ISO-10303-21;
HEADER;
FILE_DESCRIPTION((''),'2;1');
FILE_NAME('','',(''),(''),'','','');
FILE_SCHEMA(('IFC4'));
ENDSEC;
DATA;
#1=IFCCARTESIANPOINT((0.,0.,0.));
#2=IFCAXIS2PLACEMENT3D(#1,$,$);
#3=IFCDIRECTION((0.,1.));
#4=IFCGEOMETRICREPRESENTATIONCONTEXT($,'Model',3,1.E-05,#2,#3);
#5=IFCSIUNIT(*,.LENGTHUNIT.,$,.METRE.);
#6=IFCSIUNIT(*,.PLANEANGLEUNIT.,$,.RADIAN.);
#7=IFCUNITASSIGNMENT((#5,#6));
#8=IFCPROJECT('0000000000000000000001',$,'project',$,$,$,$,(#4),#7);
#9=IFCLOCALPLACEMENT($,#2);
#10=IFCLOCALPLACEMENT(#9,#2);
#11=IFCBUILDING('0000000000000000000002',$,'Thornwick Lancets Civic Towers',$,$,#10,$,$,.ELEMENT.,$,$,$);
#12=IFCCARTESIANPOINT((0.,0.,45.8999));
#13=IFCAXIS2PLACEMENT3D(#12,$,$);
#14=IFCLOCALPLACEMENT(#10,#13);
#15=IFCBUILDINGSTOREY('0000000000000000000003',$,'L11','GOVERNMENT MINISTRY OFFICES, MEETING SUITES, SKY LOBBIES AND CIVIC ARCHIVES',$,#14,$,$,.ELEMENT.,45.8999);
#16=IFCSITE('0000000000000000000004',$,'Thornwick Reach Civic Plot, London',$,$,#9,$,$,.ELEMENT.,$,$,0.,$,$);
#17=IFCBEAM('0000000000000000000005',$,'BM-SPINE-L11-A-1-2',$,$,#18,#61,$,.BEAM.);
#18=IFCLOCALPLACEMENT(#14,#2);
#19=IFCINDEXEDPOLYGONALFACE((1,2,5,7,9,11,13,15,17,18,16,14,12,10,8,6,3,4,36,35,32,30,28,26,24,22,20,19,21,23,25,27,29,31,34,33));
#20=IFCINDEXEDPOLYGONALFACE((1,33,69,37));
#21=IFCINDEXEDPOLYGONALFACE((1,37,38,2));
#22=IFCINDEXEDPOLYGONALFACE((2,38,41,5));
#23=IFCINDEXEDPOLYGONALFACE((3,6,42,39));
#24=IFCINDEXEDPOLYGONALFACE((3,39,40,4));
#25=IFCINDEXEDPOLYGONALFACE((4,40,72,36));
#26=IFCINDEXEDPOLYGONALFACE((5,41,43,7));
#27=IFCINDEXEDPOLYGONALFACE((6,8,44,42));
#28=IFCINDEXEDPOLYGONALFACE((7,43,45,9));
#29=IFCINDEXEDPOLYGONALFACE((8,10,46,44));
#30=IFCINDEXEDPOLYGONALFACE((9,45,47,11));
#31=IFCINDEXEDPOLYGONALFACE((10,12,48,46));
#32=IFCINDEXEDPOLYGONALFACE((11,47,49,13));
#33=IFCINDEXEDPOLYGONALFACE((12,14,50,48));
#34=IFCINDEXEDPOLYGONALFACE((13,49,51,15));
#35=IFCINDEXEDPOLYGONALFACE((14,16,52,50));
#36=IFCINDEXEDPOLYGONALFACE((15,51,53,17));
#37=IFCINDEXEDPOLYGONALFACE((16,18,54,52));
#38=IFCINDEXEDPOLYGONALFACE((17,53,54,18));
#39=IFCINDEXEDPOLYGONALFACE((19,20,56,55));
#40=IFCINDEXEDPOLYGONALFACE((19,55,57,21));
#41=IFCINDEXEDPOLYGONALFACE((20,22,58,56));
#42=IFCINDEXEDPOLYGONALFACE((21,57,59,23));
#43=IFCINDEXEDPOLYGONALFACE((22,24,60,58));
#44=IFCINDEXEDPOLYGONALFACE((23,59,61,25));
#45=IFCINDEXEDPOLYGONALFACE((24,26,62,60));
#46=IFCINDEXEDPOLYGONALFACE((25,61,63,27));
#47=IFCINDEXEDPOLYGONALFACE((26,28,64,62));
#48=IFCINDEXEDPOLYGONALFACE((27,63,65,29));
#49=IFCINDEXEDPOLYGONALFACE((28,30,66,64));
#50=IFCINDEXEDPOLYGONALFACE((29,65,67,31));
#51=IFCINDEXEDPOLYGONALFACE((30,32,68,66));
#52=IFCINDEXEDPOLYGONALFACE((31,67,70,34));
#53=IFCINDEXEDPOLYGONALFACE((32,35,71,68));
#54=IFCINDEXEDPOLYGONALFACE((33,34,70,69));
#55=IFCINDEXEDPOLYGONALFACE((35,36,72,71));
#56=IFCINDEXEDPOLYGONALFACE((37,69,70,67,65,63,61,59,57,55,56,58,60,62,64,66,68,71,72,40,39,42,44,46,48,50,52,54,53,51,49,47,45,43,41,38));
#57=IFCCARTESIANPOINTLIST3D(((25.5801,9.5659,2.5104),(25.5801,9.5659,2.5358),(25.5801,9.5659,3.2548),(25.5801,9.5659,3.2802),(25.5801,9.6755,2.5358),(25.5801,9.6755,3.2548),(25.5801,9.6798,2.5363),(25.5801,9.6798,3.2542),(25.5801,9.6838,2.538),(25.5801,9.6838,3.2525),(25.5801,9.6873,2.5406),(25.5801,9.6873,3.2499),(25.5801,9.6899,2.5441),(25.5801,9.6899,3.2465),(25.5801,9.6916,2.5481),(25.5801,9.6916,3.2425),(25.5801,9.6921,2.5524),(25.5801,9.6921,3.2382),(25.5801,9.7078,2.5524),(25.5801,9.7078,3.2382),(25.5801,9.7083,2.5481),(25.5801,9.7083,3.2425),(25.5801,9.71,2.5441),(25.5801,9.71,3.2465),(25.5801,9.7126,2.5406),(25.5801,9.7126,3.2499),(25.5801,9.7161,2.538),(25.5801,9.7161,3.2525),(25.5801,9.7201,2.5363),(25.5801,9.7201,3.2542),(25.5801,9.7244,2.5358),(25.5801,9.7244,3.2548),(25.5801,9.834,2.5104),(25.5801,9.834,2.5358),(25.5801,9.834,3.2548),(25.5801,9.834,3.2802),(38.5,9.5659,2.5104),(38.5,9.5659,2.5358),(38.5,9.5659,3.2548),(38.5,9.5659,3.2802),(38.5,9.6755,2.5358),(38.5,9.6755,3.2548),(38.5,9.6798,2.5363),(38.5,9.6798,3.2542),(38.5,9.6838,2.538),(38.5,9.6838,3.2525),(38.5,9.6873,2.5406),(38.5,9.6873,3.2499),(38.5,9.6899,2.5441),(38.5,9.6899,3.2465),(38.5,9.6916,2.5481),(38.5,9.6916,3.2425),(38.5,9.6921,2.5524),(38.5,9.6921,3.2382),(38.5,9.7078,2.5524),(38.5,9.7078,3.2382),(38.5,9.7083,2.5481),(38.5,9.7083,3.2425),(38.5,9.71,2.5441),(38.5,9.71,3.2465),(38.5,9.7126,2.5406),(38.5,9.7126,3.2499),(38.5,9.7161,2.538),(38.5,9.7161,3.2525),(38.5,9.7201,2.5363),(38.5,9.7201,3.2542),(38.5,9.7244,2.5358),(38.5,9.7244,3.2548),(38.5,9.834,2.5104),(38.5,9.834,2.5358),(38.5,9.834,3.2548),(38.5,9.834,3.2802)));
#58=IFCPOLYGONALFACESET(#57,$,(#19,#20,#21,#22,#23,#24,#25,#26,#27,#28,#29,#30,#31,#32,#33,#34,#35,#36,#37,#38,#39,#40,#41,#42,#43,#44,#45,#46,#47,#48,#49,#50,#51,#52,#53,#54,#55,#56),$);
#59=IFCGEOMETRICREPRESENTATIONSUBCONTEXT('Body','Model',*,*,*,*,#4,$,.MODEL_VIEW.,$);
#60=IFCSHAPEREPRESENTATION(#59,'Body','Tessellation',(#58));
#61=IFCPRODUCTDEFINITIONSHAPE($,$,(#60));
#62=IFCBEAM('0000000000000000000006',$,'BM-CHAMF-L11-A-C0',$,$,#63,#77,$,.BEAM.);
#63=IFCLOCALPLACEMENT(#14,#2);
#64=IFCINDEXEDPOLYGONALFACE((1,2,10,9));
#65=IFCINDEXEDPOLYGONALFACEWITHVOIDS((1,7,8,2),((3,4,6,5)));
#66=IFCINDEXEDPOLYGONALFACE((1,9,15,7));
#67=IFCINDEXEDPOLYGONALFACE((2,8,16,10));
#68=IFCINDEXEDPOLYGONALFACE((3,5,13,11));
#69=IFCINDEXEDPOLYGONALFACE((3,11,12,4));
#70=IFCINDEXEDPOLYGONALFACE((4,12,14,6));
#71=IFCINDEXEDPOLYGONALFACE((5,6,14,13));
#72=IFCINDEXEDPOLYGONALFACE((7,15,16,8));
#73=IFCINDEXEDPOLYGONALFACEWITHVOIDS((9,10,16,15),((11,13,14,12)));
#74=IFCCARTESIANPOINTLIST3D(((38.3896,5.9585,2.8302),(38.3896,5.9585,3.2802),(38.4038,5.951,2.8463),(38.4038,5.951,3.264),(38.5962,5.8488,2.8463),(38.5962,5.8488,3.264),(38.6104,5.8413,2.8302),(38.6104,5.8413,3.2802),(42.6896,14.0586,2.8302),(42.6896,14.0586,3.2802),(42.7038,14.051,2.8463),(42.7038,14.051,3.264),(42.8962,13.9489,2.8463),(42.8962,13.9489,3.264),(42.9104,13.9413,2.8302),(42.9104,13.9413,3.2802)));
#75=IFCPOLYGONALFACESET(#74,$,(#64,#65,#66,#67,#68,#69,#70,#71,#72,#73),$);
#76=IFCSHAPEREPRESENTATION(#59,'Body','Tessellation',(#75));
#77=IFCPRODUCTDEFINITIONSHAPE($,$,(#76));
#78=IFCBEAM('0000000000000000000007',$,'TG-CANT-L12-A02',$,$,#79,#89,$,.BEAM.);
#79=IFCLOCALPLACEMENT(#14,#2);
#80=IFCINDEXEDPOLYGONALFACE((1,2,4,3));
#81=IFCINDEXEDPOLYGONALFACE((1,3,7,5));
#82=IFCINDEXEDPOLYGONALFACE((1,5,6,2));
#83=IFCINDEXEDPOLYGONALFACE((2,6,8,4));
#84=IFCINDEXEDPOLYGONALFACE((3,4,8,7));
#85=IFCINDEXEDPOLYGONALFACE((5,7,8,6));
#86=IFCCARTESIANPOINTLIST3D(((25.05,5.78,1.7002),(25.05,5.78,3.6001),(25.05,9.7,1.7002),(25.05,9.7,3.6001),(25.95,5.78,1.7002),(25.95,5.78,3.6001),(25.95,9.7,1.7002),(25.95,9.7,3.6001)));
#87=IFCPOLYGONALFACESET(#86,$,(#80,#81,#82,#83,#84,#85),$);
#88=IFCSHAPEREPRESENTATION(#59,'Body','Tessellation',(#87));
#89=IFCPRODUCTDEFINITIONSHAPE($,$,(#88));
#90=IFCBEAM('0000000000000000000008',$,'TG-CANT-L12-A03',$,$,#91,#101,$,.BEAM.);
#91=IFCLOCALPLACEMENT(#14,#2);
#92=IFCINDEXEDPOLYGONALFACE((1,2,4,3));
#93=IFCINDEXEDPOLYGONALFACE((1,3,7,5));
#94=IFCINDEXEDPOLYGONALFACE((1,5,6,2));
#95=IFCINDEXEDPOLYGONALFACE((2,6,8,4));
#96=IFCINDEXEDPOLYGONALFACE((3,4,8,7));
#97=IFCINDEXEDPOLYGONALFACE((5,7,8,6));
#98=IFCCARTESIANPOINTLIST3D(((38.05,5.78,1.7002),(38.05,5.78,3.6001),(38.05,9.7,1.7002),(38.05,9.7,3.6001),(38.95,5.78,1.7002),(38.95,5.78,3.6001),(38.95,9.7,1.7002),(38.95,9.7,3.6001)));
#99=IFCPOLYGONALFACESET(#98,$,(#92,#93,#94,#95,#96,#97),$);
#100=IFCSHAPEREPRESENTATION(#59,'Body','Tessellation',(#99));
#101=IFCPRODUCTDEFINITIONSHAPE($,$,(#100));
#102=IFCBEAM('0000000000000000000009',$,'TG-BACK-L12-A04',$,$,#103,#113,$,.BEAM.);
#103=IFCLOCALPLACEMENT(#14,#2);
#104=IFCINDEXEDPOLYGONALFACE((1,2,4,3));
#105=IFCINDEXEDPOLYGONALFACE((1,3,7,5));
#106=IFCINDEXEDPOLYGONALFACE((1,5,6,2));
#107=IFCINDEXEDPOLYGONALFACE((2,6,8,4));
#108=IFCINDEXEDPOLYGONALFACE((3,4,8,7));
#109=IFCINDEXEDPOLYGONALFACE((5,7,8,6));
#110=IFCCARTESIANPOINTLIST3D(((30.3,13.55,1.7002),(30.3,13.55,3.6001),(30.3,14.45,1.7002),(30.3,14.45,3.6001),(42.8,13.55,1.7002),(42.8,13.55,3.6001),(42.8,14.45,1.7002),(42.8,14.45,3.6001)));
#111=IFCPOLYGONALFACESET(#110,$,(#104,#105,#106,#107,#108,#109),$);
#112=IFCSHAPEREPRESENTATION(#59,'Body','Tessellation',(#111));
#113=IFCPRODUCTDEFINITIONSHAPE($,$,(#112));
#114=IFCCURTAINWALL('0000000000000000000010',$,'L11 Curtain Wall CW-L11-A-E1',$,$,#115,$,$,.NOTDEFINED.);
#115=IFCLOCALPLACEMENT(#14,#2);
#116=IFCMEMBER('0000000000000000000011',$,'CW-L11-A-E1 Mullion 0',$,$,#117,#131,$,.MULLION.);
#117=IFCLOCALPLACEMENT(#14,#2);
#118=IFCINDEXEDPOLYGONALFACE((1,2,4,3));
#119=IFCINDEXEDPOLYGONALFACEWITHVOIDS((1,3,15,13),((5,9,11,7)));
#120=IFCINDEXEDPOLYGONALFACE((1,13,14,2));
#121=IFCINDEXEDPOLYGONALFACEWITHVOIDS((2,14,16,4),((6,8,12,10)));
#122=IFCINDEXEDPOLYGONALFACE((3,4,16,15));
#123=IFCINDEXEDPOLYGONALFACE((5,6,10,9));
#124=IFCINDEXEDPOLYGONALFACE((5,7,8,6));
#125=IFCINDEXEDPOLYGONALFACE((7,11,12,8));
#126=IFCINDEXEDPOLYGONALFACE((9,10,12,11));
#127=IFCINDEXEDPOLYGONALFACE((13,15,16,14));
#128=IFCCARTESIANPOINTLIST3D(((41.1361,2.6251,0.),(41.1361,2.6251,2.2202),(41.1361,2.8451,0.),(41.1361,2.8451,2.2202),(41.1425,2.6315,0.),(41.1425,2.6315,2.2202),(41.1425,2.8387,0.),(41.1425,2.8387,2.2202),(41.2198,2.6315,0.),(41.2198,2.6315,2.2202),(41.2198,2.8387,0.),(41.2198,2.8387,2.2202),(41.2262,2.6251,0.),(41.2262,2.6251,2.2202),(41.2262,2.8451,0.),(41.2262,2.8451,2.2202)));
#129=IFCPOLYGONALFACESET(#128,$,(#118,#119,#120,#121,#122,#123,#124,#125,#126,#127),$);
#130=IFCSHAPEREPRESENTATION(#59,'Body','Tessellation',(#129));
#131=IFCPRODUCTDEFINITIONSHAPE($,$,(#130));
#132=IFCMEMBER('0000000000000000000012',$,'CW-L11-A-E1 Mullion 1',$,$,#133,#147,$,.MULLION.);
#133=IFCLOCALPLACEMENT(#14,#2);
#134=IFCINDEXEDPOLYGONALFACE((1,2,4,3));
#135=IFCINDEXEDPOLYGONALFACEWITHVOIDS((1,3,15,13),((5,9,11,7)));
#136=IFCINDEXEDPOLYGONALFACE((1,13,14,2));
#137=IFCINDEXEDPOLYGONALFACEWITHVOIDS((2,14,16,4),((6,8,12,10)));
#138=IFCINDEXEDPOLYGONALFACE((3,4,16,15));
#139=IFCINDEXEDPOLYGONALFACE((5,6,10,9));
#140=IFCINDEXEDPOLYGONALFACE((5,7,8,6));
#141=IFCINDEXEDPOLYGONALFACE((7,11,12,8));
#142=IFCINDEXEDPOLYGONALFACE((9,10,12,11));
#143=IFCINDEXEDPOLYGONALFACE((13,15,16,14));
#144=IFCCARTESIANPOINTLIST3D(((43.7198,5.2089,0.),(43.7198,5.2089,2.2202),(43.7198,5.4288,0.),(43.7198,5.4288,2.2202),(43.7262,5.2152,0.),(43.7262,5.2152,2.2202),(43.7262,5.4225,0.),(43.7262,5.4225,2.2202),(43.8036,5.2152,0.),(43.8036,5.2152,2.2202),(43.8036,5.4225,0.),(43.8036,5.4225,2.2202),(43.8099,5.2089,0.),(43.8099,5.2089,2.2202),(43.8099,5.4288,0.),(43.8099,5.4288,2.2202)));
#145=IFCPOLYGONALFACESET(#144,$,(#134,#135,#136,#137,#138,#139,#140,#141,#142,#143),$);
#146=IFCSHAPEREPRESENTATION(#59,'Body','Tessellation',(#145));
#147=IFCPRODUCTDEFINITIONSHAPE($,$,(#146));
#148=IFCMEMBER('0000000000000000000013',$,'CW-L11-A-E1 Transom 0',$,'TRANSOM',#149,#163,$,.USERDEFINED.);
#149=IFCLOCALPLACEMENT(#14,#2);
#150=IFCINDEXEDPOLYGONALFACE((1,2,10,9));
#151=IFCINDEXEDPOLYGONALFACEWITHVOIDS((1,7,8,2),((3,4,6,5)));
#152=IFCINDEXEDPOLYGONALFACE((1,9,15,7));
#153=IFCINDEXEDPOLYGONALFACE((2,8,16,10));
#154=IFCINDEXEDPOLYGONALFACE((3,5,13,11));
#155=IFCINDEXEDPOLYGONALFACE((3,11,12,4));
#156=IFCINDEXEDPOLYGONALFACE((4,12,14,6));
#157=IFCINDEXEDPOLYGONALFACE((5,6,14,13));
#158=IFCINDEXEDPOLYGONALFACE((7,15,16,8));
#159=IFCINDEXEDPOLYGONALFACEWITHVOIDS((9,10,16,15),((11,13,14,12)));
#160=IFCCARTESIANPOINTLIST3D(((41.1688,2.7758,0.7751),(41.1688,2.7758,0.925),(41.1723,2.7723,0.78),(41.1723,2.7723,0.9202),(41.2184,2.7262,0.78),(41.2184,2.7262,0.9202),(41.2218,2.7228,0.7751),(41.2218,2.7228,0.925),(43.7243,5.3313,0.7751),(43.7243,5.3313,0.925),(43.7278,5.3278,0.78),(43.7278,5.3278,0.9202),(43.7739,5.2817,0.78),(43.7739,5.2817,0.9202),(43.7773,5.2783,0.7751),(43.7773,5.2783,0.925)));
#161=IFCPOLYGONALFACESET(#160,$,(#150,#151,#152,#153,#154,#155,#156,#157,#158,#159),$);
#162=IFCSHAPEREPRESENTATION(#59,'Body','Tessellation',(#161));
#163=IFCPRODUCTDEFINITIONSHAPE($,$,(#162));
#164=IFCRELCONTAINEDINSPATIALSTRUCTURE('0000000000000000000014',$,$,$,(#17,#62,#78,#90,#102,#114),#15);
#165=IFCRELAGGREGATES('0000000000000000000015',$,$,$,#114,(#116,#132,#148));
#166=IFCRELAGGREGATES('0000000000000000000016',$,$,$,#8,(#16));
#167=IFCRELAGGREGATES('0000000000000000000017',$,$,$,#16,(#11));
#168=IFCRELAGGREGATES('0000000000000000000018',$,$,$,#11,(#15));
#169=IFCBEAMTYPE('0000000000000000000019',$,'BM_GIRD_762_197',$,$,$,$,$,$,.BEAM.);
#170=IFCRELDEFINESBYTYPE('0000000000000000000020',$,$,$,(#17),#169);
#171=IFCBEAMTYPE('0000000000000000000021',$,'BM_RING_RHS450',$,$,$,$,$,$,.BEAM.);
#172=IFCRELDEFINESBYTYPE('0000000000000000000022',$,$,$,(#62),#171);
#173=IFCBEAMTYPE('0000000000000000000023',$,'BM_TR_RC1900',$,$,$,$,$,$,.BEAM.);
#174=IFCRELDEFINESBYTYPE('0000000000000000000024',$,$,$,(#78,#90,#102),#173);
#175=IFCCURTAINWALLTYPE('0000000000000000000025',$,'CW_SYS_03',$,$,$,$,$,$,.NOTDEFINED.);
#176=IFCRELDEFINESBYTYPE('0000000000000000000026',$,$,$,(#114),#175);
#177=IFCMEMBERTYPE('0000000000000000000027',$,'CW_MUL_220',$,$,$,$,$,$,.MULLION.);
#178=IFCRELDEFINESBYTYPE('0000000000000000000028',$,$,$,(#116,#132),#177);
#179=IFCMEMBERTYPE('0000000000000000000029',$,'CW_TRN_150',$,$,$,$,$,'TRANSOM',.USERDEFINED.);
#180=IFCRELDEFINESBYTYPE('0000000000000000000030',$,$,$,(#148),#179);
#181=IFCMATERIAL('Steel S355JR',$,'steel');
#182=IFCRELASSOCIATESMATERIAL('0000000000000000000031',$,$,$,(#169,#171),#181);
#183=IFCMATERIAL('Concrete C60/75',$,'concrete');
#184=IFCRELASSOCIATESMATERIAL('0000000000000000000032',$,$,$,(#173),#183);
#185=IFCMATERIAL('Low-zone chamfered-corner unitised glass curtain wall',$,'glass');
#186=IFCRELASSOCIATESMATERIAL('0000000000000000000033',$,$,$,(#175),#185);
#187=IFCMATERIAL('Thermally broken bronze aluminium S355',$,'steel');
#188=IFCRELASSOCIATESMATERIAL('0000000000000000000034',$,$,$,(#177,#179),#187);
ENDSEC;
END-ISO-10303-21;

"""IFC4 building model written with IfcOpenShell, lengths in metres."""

from ifc_helpers import new_model, si_unit, direction, frame, origin, origin_2d, place, context, subcontext, project, spatial, rectangle, hollow_rectangle, i_section, extrude, material, material_profile, profile_set, type_object, element, aggregate, save


model = new_model("IFC4")

# Units and contexts
model_context = context("Model", 3, precision=1e-05, world=origin(), true_north=direction((0.0, 1.0)))
body_context = subcontext(model_context, "Body", "Model", "MODEL_VIEW")
ifc_project = project(units=[si_unit("LENGTHUNIT", "METRE"), si_unit("PLANEANGLEUNIT", "RADIAN")], contexts=[model_context])

# Site, building, storey
site_placement = place(None, origin())
site = spatial("IfcSite", under=ifc_project, at=site_placement, Name="Thornwick Reach Civic Plot, London", CompositionType="ELEMENT", RefElevation=0.0)
building_placement = place(site_placement, origin())
building = spatial("IfcBuilding", under=site, at=building_placement, Name="Thornwick Lancets Civic Towers", CompositionType="ELEMENT")
storey_placement = place(building_placement, frame((0.0, 0.0, 45.8999)))
storey = spatial("IfcBuildingStorey", under=building, at=storey_placement, Name="L11", Description="GOVERNMENT MINISTRY OFFICES, MEETING SUITES, SKY LOBBIES AND CIVIC ARCHIVES", CompositionType="ELEMENT", Elevation=45.8999)

# Shared definitions
ifc_material_1 = material(Name="Concrete C60/75", Category="concrete")

# Beams
ifc_material_2 = material(Name="Steel S355JR", Category="steel")
ifc_material_profile_1 = material_profile(ifc_material_2, i_section(OverallWidth=0.2681, OverallDepth=0.7698, WebThickness=0.0156, FlangeThickness=0.0254, FilletRadius=0.0166, at=origin_2d()), Name="UKB 762x267x197")
ifc_profile_set_1 = profile_set([ifc_material_profile_1], Name="Steel S355JR")
beam_type_1 = type_object("IfcBeamType", Name="BM_GIRD_762_197", PredefinedType="BEAM", material=ifc_profile_set_1)
beam_1_placement = place(storey_placement, frame((25.5801, 9.7, 2.8953), z_axis=(1.0, 0.0, 0.0), x_axis=(0.0, 1.0, 0.0)))
element("IfcBeam", 1, at=beam_1_placement, inside=storey, type_object=beam_type_1, Name="BM-SPINE-L11-A-1-2", PredefinedType="BEAM", context=body_context, shape_type="SweptSolid", body=[
    extrude(i_section(OverallWidth=0.2681, OverallDepth=0.7698, WebThickness=0.0156, FlangeThickness=0.0254, FilletRadius=0.0166, at=origin_2d()), origin(), (0.0, 0.0, 1.0), 12.9199),
])
ifc_material_profile_2 = material_profile(ifc_material_2, hollow_rectangle(XDim=0.25, YDim=0.45, WallThickness=0.0161, at=origin_2d()), Name="RHS 450x250x16")
ifc_profile_set_2 = profile_set([ifc_material_profile_2], Name="Steel S355JR")
beam_type_2 = type_object("IfcBeamType", Name="BM_RING_RHS450", PredefinedType="BEAM", material=ifc_profile_set_2)
beam_2_placement = place(storey_placement, frame((38.5, 5.8999, 3.0552), z_axis=(0.468889, 0.883257, 0.0), x_axis=(-0.883257, 0.468889, 0.0)))
element("IfcBeam", 2, at=beam_2_placement, inside=storey, type_object=beam_type_2, Name="BM-CHAMF-L11-A-C0", PredefinedType="BEAM", context=body_context, shape_type="SweptSolid", body=[
    extrude(hollow_rectangle(XDim=0.25, YDim=0.45, WallThickness=0.0161, at=origin_2d()), origin(), (0.0, 0.0, 1.0), 9.1707),
])
ifc_material_profile_3 = material_profile(ifc_material_1, rectangle(XDim=0.8999, YDim=1.8999, at=origin_2d()), Name="RC 900x1900")
ifc_profile_set_3 = profile_set([ifc_material_profile_3], Name="Concrete C60/75")
beam_type_3 = type_object("IfcBeamType", Name="BM_TR_RC1900", PredefinedType="BEAM", material=ifc_profile_set_3)
for number, where, z_axis, x_axis, name in (
    (3, (25.5, 9.7, 2.6501), (0.0, -1.0, 0.0), (1.0, 0.0, 0.0), "TG-CANT-L12-A02"),
    (4, (38.5, 9.7, 2.6501), (0.0, -1.0, 0.0), (1.0, 0.0, 0.0), "TG-CANT-L12-A03"),
):
    element("IfcBeam", number, at=place(storey_placement, frame(where, z_axis=z_axis, x_axis=x_axis)), inside=storey, type_object=beam_type_3, Name=name, PredefinedType="BEAM", context=body_context, shape_type="SweptSolid", body=[
        extrude(rectangle(XDim=0.8999, YDim=1.8999, at=origin_2d()), origin(), (0.0, 0.0, 1.0), 3.9199),
    ])
beam_3_placement = place(storey_placement, frame((30.3, 14.0, 2.6501), z_axis=(1.0, 0.0, 0.0), x_axis=(0.0, 1.0, 0.0)))
element("IfcBeam", 5, at=beam_3_placement, inside=storey, type_object=beam_type_3, Name="TG-BACK-L12-A04", PredefinedType="BEAM", context=body_context, shape_type="SweptSolid", body=[
    extrude(rectangle(XDim=0.8999, YDim=1.8999, at=origin_2d()), origin(), (0.0, 0.0, 1.0), 12.5),
])

# Curtain wall, members
ifc_material_3 = material(Name="Low-zone chamfered-corner unitised glass curtain wall", Category="glass")
curtain_wall_type = type_object("IfcCurtainWallType", Name="CW_SYS_03", PredefinedType="NOTDEFINED", material=ifc_material_3)
curtain_wall_placement = place(storey_placement, origin())
curtain_wall = element("IfcCurtainWall", 6, at=curtain_wall_placement, inside=storey, type_object=curtain_wall_type, Name="L11 Curtain Wall CW-L11-A-E1", PredefinedType="NOTDEFINED")
ifc_material_4 = material(Name="Thermally broken bronze aluminium S355", Category="steel")
ifc_material_profile_4 = material_profile(ifc_material_4, hollow_rectangle(XDim=0.0901, YDim=0.22, WallThickness=0.0063, at=origin_2d()), Name="RHS 220x90x6.3")
ifc_profile_set_4 = profile_set([ifc_material_profile_4], Name="Thermally broken bronze aluminium S355")
member_type_1 = type_object("IfcMemberType", Name="CW_MUL_220", PredefinedType="MULLION", material=ifc_profile_set_4)
member_1_placement = place(storey_placement, frame((41.1812, 2.7351, 0.0), z_axis=(0.0, 0.0, 1.0), x_axis=(1.0, 0.0, 0.0)))
member_1 = element("IfcMember", 7, at=member_1_placement, type_object=member_type_1, Name="CW-L11-A-E1 Mullion 0", PredefinedType="MULLION", context=body_context, shape_type="SweptSolid", body=[
    extrude(hollow_rectangle(XDim=0.0901, YDim=0.22, WallThickness=0.0063, at=origin_2d()), origin(), (0.0, 0.0, 1.0), 2.2202),
])
member_2_placement = place(storey_placement, frame((43.7649, 5.3188, 0.0), z_axis=(0.0, 0.0, 1.0), x_axis=(1.0, 0.0, 0.0)))
member_2 = element("IfcMember", 8, at=member_2_placement, type_object=member_type_1, Name="CW-L11-A-E1 Mullion 1", PredefinedType="MULLION", context=body_context, shape_type="SweptSolid", body=[
    extrude(hollow_rectangle(XDim=0.0901, YDim=0.22, WallThickness=0.0063, at=origin_2d()), origin(), (0.0, 0.0, 1.0), 2.2202),
])
ifc_material_profile_5 = material_profile(ifc_material_4, hollow_rectangle(XDim=0.075, YDim=0.1499, WallThickness=0.0049, at=origin_2d()), Name="RHS 150x75x5")
ifc_profile_set_5 = profile_set([ifc_material_profile_5], Name="Thermally broken bronze aluminium S355")
member_type_2 = type_object("IfcMemberType", Name="CW_TRN_150", ElementType="TRANSOM", PredefinedType="USERDEFINED", material=ifc_profile_set_5)
member_3_placement = place(storey_placement, frame((41.1953, 2.7493, 0.8501), z_axis=(0.707107, 0.707107, 0.0), x_axis=(-0.707107, 0.707107, 0.0)))
member_3 = element("IfcMember", 9, at=member_3_placement, type_object=member_type_2, Name="CW-L11-A-E1 Transom 0", ObjectType="TRANSOM", PredefinedType="USERDEFINED", context=body_context, shape_type="SweptSolid", body=[
    extrude(hollow_rectangle(XDim=0.075, YDim=0.1499, WallThickness=0.0049, at=origin_2d()), origin(), (0.0, 0.0, 1.0), 3.614),
])

aggregate(curtain_wall, [member_1, member_2, member_3])

save(model, "model.ifc")
